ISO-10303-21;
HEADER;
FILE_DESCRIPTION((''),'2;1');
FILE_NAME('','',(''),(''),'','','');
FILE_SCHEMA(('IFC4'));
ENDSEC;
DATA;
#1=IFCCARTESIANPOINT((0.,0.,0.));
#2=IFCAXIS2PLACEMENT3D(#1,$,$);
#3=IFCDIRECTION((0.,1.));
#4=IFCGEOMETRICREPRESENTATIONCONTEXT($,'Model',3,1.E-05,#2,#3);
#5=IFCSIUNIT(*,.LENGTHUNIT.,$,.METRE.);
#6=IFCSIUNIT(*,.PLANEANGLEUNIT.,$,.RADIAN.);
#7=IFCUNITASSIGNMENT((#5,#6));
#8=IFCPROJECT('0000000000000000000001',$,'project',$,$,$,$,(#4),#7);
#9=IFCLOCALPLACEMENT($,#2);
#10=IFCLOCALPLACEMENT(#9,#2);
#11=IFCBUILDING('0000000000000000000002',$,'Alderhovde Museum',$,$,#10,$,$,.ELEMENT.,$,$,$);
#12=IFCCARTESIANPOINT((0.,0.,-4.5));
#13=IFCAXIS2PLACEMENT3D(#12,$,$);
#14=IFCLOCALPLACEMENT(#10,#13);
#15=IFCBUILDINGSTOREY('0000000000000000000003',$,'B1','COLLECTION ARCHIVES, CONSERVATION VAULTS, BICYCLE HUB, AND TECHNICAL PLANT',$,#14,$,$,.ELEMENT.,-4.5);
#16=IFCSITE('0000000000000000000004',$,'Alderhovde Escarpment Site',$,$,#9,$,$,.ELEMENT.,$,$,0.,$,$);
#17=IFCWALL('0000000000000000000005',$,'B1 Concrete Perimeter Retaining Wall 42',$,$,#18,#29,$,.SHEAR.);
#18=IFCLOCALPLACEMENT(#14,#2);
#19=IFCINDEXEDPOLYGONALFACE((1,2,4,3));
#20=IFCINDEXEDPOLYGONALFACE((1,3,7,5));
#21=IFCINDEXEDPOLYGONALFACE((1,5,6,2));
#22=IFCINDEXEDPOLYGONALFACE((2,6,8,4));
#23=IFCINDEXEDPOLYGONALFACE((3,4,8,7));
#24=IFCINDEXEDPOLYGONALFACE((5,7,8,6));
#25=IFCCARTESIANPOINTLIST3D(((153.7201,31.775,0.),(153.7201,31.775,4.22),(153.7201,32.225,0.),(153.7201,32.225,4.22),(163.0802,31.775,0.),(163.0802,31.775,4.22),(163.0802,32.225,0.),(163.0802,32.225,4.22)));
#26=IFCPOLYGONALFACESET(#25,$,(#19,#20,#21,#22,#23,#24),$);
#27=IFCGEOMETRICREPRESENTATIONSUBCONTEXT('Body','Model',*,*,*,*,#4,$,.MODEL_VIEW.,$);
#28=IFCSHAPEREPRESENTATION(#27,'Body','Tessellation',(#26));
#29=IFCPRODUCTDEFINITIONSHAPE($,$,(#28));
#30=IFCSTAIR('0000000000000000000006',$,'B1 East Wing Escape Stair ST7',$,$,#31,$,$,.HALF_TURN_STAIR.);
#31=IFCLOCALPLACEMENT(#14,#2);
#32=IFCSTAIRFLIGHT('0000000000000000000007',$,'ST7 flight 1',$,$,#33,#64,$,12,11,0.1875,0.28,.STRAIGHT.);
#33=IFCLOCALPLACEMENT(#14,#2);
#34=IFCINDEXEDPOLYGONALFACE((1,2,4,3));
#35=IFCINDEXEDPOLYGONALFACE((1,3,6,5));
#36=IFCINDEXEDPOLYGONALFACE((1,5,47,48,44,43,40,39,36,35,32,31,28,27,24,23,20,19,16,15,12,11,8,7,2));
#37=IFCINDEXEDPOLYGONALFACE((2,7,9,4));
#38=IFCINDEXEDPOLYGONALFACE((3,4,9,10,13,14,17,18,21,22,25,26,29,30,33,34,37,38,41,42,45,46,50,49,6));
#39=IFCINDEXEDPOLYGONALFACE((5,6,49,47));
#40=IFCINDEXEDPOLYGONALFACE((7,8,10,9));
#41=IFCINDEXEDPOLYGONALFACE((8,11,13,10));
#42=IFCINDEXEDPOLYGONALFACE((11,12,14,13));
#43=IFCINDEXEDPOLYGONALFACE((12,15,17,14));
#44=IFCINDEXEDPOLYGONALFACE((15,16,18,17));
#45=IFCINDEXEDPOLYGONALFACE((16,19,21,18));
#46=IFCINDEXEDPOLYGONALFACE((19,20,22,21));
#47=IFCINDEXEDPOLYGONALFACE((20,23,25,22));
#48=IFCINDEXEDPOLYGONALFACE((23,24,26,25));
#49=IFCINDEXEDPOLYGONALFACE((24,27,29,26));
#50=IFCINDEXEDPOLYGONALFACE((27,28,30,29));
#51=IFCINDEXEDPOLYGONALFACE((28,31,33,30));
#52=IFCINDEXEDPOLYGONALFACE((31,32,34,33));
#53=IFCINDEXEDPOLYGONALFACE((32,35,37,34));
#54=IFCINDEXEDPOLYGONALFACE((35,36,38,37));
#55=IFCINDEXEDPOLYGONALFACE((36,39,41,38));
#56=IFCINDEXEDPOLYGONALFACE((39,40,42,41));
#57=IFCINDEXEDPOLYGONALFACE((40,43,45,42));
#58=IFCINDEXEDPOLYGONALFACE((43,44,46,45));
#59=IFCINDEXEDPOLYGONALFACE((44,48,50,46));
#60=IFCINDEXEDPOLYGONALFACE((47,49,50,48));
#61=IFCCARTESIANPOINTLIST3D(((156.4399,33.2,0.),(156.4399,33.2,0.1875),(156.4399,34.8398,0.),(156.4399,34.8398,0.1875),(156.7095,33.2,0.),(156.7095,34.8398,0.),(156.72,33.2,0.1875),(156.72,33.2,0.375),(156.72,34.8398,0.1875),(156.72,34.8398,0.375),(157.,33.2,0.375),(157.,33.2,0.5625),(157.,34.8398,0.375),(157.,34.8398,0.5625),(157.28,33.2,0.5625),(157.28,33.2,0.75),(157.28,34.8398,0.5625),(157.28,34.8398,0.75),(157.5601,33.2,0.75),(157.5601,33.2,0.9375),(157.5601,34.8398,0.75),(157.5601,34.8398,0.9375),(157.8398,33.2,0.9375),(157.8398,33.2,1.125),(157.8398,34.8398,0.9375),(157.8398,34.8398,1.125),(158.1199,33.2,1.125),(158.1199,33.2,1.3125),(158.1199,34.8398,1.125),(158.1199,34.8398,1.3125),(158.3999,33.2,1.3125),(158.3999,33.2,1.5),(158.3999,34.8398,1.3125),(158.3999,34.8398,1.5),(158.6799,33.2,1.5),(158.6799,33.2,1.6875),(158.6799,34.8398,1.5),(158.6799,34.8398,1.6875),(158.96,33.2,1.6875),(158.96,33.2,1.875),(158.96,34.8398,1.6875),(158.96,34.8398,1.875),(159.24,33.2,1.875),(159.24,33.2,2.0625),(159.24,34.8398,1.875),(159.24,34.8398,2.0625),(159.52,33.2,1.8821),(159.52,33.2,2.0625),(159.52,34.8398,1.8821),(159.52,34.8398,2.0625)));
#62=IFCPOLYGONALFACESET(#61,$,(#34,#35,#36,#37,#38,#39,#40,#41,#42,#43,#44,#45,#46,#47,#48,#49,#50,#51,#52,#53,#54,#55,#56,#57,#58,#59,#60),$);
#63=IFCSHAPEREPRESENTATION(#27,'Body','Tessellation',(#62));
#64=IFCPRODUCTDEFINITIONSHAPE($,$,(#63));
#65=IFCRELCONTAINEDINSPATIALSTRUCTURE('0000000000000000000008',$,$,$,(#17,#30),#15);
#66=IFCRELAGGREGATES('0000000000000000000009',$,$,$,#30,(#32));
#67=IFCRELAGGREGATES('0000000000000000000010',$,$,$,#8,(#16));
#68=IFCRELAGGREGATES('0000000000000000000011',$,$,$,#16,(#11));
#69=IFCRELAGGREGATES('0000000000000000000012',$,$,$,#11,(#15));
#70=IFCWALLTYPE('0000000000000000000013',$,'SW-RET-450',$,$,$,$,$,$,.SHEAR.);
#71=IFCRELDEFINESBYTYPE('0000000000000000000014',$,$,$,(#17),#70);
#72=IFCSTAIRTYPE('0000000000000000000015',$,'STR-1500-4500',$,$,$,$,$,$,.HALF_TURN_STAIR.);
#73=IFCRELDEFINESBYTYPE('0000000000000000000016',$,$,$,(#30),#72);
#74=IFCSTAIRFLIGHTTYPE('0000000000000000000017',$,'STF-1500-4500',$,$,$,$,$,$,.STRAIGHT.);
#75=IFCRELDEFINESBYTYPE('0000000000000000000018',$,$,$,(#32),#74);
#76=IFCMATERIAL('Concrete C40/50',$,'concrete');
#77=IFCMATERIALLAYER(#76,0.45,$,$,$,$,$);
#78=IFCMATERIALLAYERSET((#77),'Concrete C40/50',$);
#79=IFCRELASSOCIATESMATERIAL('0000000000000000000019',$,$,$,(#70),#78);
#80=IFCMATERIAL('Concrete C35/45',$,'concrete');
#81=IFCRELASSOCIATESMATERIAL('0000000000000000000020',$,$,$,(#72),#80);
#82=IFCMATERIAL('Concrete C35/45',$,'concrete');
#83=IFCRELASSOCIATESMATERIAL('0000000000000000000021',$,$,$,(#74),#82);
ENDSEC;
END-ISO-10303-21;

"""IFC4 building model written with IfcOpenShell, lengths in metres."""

from ifc_helpers import new_model, si_unit, direction, frame, frame_2d, origin, place, context, subcontext, project, spatial, polyline, rectangle, outline, extrude, material, layer, layer_set, type_object, element, aggregate, save


model = new_model("IFC4")

# Units and contexts
model_context = context("Model", 3, precision=1e-05, world=origin(), true_north=direction((0.0, 1.0)))
body_context = subcontext(model_context, "Body", "Model", "MODEL_VIEW")
ifc_project = project(units=[si_unit("LENGTHUNIT", "METRE"), si_unit("PLANEANGLEUNIT", "RADIAN")], contexts=[model_context])

# Site, building, storey
site_placement = place(None, origin())
site = spatial("IfcSite", under=ifc_project, at=site_placement, Name="Alderhovde Escarpment Site", CompositionType="ELEMENT", RefElevation=0.0)
building_placement = place(site_placement, origin())
building = spatial("IfcBuilding", under=site, at=building_placement, Name="Alderhovde Museum", CompositionType="ELEMENT")
storey_placement = place(building_placement, frame((0.0, 0.0, -4.5)))
storey = spatial("IfcBuildingStorey", under=building, at=storey_placement, Name="B1", Description="COLLECTION ARCHIVES, CONSERVATION VAULTS, BICYCLE HUB, AND TECHNICAL PLANT", CompositionType="ELEMENT", Elevation=-4.5)

# Wall
ifc_material_1 = material(Name="Concrete C40/50", Category="concrete")
ifc_layer_1 = layer(ifc_material_1, 0.45)
ifc_layer_set_1 = layer_set([ifc_layer_1], Name="Concrete C40/50")
wall_type_1 = type_object("IfcWallType", Name="SW-RET-450", PredefinedType="SHEAR", material=ifc_layer_set_1)
wall_1_placement = place(storey_placement, frame((153.72, 32.0, 0.0), z_axis=(0.0, 0.0, 1.0), x_axis=(1.0, 0.0, 0.0)))
element("IfcWall", 1, at=wall_1_placement, inside=storey, type_object=wall_type_1, Name="B1 Concrete Perimeter Retaining Wall 42", PredefinedType="SHEAR", context=body_context, shape_type="SweptSolid", body=[
    extrude(rectangle(XDim=9.3601, YDim=0.45, at=frame_2d((4.6802, 0.0))), origin(), (0.0, 0.0, 1.0), 4.22),
])

# Stair, stair flight
ifc_material_2 = material(Name="Concrete C35/45", Category="concrete")
stair_type = type_object("IfcStairType", Name="STR-1500-4500", PredefinedType="HALF_TURN_STAIR", material=ifc_material_2)
stair_placement = place(storey_placement, origin())
stair = element("IfcStair", 2, at=stair_placement, inside=storey, type_object=stair_type, Name="B1 East Wing Escape Stair ST7", PredefinedType="HALF_TURN_STAIR")
ifc_material_3 = material(Name="Concrete C35/45", Category="concrete")
stair_flight_type = type_object("IfcStairFlightType", Name="STF-1500-4500", PredefinedType="STRAIGHT", material=ifc_material_3)
stair_flight_placement = place(storey_placement, frame((156.4399, 34.02, 0.0), z_axis=(0.0, 0.0, 1.0), x_axis=(1.0, 0.0, 0.0)))
stair_flight = element("IfcStairFlight", 3, at=stair_flight_placement, type_object=stair_flight_type, Name="ST7 flight 1", NumberOfRisers=12, NumberOfTreads=11, PredefinedType="STRAIGHT", RiserHeight=0.1875, TreadLength=0.28, context=body_context, shape_type="SweptSolid", body=[
    extrude(outline(polyline([(0.0, 0.0), (0.0, 0.1875), (0.28, 0.1875), (0.28, 0.375), (0.5601, 0.375), (0.5601, 0.5625), (0.8401, 0.5625), (0.8401, 0.75), (1.1201, 0.75), (1.1201, 0.9375), (1.3999, 0.9375), (1.3999, 1.125), (1.6799, 1.125), (1.6799, 1.3125), (1.96, 1.3125), (1.96, 1.5), (2.24, 1.5), (2.24, 1.6875), (2.52, 1.6875), (2.52, 1.875), (2.8, 1.875), (2.8, 2.0625), (3.0801, 2.0625), (3.0801, 2.25), (3.0801, 1.8821), (0.2695, 0.0), (0.0, 0.0)])), frame((0.0, 0.8198, 0.0), z_axis=(0.0, -1.0, 0.0), x_axis=(1.0, 0.0, 0.0)), (0.0, 0.0, 1.0), 1.6399),
])
aggregate(stair, [stair_flight])

save(model, "model.ifc")
